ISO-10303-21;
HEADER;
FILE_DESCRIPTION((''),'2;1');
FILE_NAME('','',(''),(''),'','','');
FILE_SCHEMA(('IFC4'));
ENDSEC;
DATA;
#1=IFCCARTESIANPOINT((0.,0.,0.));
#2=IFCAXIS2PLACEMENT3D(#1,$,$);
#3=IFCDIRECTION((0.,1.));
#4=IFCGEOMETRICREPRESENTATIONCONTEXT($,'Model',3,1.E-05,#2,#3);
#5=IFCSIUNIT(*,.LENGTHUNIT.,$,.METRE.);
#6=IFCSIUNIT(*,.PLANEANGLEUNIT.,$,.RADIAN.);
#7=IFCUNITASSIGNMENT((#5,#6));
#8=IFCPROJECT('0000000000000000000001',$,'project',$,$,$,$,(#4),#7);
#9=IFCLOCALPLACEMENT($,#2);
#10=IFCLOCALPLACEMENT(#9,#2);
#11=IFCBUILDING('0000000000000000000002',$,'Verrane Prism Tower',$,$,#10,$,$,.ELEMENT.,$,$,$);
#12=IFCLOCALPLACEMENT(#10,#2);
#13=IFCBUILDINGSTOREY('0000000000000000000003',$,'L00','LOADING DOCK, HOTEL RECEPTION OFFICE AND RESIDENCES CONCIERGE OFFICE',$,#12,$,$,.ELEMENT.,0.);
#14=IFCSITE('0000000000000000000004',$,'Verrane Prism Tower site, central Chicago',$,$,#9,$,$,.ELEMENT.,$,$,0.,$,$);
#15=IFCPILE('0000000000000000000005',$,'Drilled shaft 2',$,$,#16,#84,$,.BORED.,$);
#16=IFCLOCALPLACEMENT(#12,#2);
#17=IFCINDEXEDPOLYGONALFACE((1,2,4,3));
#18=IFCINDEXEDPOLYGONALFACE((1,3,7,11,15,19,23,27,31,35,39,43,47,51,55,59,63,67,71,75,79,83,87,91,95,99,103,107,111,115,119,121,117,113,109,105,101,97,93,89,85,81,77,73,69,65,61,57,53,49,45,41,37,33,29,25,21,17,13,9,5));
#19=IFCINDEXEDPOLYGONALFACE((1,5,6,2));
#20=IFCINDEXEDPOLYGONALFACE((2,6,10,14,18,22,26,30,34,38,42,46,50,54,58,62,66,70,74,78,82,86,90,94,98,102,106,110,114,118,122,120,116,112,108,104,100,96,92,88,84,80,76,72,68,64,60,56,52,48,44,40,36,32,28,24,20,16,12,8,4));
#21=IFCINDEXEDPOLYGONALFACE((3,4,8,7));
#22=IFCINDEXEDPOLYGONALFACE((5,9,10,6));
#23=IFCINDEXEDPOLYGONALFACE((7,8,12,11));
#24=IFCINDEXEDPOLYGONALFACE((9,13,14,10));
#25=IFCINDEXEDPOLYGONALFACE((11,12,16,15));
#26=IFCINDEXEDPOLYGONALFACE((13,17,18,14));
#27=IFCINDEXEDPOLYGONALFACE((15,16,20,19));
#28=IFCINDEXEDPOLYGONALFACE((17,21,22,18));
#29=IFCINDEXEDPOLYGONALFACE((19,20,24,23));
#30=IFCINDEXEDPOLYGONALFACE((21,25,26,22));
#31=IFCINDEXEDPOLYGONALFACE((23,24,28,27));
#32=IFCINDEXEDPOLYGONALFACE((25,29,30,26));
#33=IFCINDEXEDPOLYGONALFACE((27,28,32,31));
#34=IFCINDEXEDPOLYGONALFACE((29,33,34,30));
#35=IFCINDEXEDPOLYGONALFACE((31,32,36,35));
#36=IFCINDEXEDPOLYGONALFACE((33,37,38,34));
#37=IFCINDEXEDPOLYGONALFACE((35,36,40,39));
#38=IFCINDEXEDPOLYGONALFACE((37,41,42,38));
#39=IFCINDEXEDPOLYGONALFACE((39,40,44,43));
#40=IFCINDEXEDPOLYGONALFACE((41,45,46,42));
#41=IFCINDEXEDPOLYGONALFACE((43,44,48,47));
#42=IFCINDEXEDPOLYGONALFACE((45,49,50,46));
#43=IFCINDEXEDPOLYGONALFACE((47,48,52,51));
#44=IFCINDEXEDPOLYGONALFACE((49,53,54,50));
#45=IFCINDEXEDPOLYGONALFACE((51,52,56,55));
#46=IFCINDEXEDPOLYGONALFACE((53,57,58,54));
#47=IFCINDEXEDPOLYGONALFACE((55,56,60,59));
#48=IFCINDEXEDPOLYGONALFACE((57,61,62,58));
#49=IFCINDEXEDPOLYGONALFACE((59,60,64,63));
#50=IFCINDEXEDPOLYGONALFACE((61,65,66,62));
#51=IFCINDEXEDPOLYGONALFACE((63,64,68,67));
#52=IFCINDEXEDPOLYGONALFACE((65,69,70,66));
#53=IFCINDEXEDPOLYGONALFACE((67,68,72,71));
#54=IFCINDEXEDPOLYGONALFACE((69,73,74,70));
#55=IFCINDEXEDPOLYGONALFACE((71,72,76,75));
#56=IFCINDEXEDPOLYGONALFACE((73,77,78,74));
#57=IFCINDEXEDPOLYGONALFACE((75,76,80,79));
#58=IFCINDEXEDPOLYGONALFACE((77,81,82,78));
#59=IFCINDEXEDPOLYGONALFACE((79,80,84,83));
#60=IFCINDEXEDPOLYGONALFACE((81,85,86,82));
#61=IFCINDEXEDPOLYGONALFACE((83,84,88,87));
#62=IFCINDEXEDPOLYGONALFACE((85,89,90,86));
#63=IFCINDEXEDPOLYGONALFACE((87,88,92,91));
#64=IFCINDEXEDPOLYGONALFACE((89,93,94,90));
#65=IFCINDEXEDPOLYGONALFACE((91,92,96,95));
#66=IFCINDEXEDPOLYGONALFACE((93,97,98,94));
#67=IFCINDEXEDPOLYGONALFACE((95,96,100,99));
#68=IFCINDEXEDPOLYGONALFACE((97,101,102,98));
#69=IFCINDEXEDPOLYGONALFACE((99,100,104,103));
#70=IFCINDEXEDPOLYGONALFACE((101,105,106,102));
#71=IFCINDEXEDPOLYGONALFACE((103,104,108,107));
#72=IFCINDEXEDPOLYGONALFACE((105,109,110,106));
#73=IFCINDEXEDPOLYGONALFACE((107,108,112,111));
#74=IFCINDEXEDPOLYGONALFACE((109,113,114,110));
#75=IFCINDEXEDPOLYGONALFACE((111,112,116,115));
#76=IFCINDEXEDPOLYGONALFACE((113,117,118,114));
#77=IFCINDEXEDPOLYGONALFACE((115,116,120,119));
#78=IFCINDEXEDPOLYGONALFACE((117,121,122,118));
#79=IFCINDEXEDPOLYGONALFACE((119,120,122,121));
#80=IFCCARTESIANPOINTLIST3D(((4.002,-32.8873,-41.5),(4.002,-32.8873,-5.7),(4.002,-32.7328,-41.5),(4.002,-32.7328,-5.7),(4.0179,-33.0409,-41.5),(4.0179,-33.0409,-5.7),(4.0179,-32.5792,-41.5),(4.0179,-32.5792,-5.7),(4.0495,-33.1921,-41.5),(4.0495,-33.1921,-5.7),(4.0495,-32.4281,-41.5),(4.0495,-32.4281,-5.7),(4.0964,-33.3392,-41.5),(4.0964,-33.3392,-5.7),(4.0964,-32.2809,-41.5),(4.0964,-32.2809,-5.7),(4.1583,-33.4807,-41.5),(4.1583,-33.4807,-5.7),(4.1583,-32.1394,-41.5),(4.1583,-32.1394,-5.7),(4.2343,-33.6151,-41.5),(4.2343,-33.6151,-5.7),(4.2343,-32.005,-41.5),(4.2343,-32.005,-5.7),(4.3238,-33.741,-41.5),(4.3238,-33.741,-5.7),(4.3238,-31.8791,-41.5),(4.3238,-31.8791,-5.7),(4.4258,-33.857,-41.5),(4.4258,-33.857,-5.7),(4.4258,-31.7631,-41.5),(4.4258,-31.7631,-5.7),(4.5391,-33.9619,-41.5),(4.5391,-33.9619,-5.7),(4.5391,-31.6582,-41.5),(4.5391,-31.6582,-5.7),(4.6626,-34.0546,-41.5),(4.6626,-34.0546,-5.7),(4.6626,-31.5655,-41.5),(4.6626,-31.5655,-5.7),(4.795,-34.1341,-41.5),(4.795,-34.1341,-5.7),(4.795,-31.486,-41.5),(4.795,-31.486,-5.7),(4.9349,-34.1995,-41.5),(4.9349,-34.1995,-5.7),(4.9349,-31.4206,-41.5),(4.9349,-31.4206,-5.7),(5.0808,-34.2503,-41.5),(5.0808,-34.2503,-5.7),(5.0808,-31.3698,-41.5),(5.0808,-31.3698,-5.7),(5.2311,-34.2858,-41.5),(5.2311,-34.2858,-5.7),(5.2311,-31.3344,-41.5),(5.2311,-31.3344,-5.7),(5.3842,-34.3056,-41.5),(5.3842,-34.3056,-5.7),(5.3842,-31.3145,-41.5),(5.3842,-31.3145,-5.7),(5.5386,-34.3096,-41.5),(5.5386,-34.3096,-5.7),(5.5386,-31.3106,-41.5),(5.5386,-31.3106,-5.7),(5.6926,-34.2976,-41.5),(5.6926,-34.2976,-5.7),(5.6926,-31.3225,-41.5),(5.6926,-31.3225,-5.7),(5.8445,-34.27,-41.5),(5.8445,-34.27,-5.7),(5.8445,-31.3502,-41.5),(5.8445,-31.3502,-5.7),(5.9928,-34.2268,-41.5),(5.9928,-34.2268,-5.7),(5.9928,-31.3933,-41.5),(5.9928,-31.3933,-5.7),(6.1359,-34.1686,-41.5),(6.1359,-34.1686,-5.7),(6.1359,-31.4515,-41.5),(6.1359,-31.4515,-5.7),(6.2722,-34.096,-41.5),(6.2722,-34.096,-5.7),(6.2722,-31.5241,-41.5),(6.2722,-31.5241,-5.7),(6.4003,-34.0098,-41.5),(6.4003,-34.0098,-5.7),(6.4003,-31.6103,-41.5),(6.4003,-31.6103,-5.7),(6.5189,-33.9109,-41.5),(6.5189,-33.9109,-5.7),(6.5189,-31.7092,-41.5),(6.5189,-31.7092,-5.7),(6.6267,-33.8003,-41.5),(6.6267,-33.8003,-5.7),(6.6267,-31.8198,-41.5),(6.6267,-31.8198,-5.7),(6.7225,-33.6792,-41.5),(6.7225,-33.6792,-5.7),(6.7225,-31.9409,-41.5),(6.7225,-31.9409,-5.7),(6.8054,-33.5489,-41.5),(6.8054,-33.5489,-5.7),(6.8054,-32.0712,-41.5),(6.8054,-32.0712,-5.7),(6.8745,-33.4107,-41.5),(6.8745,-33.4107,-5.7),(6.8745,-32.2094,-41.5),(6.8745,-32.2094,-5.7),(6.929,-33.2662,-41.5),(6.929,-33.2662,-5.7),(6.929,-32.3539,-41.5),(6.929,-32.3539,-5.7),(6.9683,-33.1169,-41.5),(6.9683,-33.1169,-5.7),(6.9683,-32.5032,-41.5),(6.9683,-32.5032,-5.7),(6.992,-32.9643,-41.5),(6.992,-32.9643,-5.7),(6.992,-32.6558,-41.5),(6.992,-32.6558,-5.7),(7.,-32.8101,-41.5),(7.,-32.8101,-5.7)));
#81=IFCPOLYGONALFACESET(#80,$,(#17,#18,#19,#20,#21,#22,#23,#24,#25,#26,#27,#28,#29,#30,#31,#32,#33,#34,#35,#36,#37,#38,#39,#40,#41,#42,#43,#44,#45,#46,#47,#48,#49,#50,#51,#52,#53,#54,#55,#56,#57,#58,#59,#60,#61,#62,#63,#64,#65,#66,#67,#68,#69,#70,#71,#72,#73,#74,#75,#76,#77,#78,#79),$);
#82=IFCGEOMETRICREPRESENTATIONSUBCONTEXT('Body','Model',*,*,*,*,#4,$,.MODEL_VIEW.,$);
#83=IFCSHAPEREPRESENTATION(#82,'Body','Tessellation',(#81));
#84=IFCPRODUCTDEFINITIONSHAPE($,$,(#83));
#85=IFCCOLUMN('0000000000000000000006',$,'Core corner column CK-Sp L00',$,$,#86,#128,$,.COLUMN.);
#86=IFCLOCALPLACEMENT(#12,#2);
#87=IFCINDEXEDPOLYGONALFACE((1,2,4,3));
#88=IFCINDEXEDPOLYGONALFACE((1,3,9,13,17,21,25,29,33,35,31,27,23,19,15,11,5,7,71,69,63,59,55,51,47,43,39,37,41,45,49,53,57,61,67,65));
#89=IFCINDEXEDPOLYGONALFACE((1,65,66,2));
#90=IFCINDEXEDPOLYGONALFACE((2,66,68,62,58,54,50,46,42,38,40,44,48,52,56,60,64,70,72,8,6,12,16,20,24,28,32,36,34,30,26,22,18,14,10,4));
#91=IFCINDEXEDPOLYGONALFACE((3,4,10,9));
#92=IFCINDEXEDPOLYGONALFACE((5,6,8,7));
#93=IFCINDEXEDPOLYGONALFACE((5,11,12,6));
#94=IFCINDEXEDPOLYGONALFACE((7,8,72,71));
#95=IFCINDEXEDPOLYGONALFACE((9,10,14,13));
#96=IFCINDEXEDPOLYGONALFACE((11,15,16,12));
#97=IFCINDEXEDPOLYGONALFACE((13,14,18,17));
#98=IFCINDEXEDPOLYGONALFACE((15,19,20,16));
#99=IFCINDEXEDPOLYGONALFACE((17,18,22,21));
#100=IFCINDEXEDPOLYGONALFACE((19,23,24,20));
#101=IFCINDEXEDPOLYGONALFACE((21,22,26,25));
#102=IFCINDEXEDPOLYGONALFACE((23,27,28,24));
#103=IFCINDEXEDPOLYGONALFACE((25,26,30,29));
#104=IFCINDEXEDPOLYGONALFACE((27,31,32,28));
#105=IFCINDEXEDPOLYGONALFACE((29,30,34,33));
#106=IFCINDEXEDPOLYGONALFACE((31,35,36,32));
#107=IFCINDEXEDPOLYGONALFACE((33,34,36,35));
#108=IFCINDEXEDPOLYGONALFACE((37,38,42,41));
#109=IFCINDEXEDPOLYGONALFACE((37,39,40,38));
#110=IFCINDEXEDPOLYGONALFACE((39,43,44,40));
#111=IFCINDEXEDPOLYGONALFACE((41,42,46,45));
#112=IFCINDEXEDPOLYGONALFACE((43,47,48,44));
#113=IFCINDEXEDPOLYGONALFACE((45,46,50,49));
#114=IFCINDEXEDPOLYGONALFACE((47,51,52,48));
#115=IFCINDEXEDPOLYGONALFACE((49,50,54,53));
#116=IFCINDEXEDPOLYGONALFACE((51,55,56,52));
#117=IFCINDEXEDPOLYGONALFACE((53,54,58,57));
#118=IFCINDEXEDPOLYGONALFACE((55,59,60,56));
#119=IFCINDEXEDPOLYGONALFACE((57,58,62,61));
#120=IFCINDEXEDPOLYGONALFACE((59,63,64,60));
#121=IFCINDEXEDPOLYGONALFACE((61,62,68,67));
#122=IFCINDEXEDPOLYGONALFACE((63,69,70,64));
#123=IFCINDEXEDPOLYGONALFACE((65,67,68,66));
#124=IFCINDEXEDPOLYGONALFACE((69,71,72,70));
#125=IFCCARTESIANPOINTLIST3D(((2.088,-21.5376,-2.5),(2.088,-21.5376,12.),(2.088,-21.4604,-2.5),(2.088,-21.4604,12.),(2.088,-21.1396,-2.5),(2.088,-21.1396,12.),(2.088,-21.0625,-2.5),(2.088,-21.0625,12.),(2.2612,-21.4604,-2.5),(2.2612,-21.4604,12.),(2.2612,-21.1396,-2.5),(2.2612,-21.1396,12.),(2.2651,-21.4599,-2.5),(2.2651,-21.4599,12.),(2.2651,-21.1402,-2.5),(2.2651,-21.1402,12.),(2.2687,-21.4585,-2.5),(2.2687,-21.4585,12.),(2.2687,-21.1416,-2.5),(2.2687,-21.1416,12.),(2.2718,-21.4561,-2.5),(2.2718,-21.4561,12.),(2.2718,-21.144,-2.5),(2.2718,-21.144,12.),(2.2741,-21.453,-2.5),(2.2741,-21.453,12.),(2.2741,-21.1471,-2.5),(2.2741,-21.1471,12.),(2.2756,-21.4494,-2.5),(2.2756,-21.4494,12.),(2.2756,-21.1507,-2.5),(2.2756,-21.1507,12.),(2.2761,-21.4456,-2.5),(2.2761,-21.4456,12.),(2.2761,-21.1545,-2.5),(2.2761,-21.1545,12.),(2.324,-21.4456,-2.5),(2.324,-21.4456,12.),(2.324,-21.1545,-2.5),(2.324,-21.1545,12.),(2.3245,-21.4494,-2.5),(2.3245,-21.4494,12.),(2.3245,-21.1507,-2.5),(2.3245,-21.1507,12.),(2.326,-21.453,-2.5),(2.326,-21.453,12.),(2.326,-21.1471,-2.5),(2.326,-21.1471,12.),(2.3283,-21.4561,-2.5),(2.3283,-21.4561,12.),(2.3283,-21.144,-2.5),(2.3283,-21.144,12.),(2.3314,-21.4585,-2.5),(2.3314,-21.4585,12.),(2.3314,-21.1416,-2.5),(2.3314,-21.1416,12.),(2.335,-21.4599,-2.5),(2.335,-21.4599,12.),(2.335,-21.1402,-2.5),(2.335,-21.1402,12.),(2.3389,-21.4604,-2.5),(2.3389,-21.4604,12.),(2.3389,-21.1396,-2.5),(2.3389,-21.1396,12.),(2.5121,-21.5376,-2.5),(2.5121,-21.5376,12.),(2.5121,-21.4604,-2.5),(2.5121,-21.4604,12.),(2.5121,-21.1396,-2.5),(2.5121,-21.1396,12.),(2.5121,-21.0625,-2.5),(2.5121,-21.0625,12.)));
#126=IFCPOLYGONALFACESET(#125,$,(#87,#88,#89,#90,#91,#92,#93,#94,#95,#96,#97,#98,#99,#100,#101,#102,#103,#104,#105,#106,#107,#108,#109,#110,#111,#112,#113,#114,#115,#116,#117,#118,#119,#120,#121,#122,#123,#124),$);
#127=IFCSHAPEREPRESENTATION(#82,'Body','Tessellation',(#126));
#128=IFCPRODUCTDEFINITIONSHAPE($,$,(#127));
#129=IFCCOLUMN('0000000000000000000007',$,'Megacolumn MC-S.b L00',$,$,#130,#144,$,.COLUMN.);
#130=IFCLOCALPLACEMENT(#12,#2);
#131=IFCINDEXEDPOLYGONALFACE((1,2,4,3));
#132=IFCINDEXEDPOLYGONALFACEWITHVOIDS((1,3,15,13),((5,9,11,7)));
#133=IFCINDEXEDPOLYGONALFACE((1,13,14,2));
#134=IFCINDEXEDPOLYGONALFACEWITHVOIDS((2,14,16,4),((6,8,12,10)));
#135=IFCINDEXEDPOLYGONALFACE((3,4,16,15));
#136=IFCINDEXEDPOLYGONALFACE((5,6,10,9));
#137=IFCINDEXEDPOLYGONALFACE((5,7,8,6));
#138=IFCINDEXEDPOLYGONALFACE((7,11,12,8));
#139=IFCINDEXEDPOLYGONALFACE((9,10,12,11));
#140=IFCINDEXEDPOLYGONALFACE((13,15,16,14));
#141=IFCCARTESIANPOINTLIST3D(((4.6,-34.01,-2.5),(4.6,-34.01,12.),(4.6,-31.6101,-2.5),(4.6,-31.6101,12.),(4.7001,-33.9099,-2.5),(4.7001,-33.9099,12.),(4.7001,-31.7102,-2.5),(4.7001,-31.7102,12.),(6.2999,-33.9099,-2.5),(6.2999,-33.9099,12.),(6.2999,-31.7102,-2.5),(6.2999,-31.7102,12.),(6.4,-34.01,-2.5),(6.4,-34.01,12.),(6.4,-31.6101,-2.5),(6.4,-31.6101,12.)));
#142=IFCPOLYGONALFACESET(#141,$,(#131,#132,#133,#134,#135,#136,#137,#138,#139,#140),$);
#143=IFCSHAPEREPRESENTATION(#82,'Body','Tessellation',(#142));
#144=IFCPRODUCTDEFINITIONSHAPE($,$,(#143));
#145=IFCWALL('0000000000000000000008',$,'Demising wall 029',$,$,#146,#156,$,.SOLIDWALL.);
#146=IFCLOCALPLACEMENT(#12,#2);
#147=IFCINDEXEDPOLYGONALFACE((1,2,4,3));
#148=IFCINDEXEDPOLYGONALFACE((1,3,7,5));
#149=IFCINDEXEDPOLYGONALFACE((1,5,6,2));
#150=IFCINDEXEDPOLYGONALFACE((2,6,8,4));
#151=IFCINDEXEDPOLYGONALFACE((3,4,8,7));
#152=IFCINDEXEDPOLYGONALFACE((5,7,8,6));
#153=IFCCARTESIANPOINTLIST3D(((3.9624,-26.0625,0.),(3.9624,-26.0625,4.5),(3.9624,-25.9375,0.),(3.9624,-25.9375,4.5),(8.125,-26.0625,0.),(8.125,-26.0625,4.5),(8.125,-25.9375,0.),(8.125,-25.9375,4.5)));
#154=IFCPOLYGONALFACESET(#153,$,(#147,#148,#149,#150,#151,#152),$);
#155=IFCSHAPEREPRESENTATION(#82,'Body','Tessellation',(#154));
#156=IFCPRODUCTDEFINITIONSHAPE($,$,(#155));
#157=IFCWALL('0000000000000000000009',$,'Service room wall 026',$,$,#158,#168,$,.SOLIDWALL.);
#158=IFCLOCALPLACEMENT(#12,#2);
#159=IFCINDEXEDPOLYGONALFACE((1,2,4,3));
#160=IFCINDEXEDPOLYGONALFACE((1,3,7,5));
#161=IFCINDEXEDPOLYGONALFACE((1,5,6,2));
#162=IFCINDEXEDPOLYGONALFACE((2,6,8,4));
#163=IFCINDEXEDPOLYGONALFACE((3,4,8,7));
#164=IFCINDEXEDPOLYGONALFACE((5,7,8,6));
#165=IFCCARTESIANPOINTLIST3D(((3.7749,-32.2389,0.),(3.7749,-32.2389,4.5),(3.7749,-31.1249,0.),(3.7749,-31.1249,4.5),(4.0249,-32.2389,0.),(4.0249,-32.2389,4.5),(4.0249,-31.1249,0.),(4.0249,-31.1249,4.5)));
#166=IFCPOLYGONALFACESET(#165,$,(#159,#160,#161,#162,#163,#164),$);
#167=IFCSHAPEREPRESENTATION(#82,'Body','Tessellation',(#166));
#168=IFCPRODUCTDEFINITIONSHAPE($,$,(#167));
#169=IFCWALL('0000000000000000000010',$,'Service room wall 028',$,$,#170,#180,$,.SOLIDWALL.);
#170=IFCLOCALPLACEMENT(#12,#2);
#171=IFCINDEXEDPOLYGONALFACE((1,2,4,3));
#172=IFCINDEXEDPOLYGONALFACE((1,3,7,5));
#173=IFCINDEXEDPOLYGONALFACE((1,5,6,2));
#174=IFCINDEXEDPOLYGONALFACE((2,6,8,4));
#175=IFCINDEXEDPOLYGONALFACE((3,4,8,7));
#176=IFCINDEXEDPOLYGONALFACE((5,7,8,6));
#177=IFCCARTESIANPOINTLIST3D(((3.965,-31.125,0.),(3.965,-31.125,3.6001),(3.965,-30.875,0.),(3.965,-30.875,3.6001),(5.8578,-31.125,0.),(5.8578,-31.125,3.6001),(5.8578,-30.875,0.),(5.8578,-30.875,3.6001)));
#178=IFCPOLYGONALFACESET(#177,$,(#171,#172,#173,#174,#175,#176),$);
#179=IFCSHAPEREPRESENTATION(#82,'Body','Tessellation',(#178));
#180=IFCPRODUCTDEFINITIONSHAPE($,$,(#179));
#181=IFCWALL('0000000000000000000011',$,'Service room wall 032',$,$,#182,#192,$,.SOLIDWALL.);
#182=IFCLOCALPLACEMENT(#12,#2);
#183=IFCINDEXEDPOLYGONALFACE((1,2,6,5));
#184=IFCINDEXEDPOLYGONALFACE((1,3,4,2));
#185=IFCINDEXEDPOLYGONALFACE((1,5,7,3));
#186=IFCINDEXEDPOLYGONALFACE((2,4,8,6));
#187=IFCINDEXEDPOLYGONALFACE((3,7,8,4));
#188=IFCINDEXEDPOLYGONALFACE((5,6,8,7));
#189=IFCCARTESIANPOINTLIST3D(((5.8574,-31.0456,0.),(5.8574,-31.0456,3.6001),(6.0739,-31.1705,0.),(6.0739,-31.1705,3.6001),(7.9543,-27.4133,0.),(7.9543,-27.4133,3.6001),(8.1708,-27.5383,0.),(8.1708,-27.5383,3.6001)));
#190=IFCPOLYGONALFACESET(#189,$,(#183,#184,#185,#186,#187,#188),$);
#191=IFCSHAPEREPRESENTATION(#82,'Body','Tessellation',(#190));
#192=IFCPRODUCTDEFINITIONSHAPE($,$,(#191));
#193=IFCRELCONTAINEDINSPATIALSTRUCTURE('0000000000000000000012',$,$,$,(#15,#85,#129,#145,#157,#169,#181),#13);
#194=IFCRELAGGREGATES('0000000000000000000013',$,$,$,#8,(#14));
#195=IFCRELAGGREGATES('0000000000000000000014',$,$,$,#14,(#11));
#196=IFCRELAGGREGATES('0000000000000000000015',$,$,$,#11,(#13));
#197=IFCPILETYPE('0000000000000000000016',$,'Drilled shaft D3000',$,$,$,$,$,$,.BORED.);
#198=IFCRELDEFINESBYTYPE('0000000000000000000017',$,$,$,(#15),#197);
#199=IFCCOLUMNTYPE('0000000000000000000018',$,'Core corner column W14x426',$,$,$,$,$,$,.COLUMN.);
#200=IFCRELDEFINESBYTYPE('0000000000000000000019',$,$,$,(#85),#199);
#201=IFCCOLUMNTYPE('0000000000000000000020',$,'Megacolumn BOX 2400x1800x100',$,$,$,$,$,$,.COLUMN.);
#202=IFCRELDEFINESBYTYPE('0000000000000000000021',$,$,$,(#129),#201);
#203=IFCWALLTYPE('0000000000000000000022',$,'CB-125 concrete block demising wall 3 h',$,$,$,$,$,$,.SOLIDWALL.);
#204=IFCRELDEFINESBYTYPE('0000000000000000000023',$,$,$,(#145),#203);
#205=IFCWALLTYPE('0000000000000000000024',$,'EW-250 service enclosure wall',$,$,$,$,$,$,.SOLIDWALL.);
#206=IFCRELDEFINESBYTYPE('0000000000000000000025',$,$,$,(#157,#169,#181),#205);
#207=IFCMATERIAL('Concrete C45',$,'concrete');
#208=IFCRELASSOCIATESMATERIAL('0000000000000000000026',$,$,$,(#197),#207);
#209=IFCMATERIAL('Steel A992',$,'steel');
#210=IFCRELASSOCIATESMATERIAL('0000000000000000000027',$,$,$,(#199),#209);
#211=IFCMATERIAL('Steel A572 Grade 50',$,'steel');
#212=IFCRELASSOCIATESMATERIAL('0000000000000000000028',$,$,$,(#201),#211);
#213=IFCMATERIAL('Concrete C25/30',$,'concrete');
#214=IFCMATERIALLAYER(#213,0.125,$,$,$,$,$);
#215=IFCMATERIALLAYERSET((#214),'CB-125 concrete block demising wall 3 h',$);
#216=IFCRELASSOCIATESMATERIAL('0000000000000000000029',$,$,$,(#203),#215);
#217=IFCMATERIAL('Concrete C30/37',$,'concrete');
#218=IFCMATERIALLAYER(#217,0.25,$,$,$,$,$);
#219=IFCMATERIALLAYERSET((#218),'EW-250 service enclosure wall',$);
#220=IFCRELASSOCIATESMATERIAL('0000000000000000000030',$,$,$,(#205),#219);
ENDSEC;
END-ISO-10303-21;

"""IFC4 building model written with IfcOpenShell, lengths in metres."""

from ifc_helpers import new_model, si_unit, direction, frame, frame_2d, origin, origin_2d, place, context, subcontext, project, spatial, rectangle, hollow_rectangle, circle, i_section, extrude, material, layer, layer_set, material_profile, profile_set, type_object, element, save


model = new_model("IFC4")

# Units and contexts
model_context = context("Model", 3, precision=1e-05, world=origin(), true_north=direction((0.0, 1.0)))
body_context = subcontext(model_context, "Body", "Model", "MODEL_VIEW")
ifc_project = project(units=[si_unit("LENGTHUNIT", "METRE"), si_unit("PLANEANGLEUNIT", "RADIAN")], contexts=[model_context])

# Site, building, storey
site_placement = place(None, origin())
site = spatial("IfcSite", under=ifc_project, at=site_placement, Name="Verrane Prism Tower site, central Chicago", CompositionType="ELEMENT", RefElevation=0.0)
building_placement = place(site_placement, origin())
building = spatial("IfcBuilding", under=site, at=building_placement, Name="Verrane Prism Tower", CompositionType="ELEMENT")
storey_placement = place(building_placement, origin())
storey = spatial("IfcBuildingStorey", under=building, at=storey_placement, Name="L00", Description="LOADING DOCK, HOTEL RECEPTION OFFICE AND RESIDENCES CONCIERGE OFFICE", CompositionType="ELEMENT", Elevation=0.0)

# Pile
ifc_material_1 = material(Name="Concrete C45", Category="concrete")
pile_type = type_object("IfcPileType", Name="Drilled shaft D3000", PredefinedType="BORED", material=ifc_material_1)
pile_placement = place(storey_placement, frame((5.5, -32.8101, -5.7), z_axis=(0.0, 0.0, -1.0), x_axis=(1.0, 0.0, 0.0)))
element("IfcPile", 1, at=pile_placement, inside=storey, type_object=pile_type, Name="Drilled shaft 2", PredefinedType="BORED", context=body_context, shape_type="SweptSolid", body=[
    extrude(circle(Radius=1.5, at=origin_2d()), origin(), (0.0, 0.0, 1.0), 35.8),
])

# Columns
ifc_material_2 = material(Name="Steel A992", Category="steel")
ifc_material_profile_1 = material_profile(ifc_material_2, i_section(OverallWidth=0.4241, OverallDepth=0.4751, WebThickness=0.0479, FlangeThickness=0.0771, FilletRadius=0.0149, at=origin_2d()), Name="W14x426")
ifc_profile_set_1 = profile_set([ifc_material_profile_1], Name="Steel A992")
column_type_1 = type_object("IfcColumnType", Name="Core corner column W14x426", PredefinedType="COLUMN", material=ifc_profile_set_1)
column_1_placement = place(storey_placement, frame((2.3, -21.3, -2.5), z_axis=(0.0, 0.0, 1.0), x_axis=(-1.0, 0.0, 0.0)))
element("IfcColumn", 2, at=column_1_placement, inside=storey, type_object=column_type_1, Name="Core corner column CK-Sp L00", PredefinedType="COLUMN", context=body_context, shape_type="SweptSolid", body=[
    extrude(i_section(OverallWidth=0.4241, OverallDepth=0.4751, WebThickness=0.0479, FlangeThickness=0.0771, FilletRadius=0.0149, at=origin_2d()), origin(), (0.0, 0.0, 1.0), 14.5),
])
ifc_material_3 = material(Name="Steel A572 Grade 50", Category="steel")
ifc_material_profile_2 = material_profile(ifc_material_3, hollow_rectangle(XDim=1.8, YDim=2.3999, WallThickness=0.1001, at=origin_2d()), Name="BOX 2400x1800x100")
ifc_profile_set_2 = profile_set([ifc_material_profile_2], Name="Steel A572 Grade 50")
column_type_2 = type_object("IfcColumnType", Name="Megacolumn BOX 2400x1800x100", PredefinedType="COLUMN", material=ifc_profile_set_2)
column_2_placement = place(storey_placement, frame((5.5, -32.8101, -2.5), z_axis=(0.0, 0.0, 1.0), x_axis=(-1.0, 0.0, 0.0)))
element("IfcColumn", 3, at=column_2_placement, inside=storey, type_object=column_type_2, Name="Megacolumn MC-S.b L00", PredefinedType="COLUMN", context=body_context, shape_type="SweptSolid", body=[
    extrude(hollow_rectangle(XDim=1.8, YDim=2.3999, WallThickness=0.1001, at=origin_2d()), origin(), (0.0, 0.0, 1.0), 14.5),
])

# Walls
ifc_material_4 = material(Name="Concrete C25/30", Category="concrete")
ifc_layer_1 = layer(ifc_material_4, 0.125)
ifc_layer_set_1 = layer_set([ifc_layer_1], Name="CB-125 concrete block demising wall 3 h")
wall_type_1 = type_object("IfcWallType", Name="CB-125 concrete block demising wall 3 h", PredefinedType="SOLIDWALL", material=ifc_layer_set_1)
wall_1_placement = place(storey_placement, frame((3.9624, -26.0, 0.0), z_axis=(0.0, 0.0, 1.0), x_axis=(1.0, 0.0, 0.0)))
element("IfcWall", 4, at=wall_1_placement, inside=storey, type_object=wall_type_1, Name="Demising wall 029", PredefinedType="SOLIDWALL", context=body_context, shape_type="SweptSolid", body=[
    extrude(rectangle(XDim=4.1626, YDim=0.125, at=frame_2d((2.0813, 0.0))), origin(), (0.0, 0.0, 1.0), 4.5),
])
ifc_material_5 = material(Name="Concrete C30/37", Category="concrete")
ifc_layer_2 = layer(ifc_material_5, 0.25)
ifc_layer_set_2 = layer_set([ifc_layer_2], Name="EW-250 service enclosure wall")
wall_type_2 = type_object("IfcWallType", Name="EW-250 service enclosure wall", PredefinedType="SOLIDWALL", material=ifc_layer_set_2)
wall_2_placement = place(storey_placement, frame((3.8999, -32.239, 0.0), z_axis=(0.0, 0.0, 1.0), x_axis=(0.0, 1.0, 0.0)))
element("IfcWall", 5, at=wall_2_placement, inside=storey, type_object=wall_type_2, Name="Service room wall 026", PredefinedType="SOLIDWALL", context=body_context, shape_type="SweptSolid", body=[
    extrude(rectangle(XDim=1.114, YDim=0.25, at=frame_2d((0.5571, 0.0))), origin(), (0.0, 0.0, 1.0), 4.5),
])
wall_3_placement = place(storey_placement, frame((3.9651, -31.0, 0.0), z_axis=(0.0, 0.0, 1.0), x_axis=(1.0, 0.0, 0.0)))
element("IfcWall", 6, at=wall_3_placement, inside=storey, type_object=wall_type_2, Name="Service room wall 028", PredefinedType="SOLIDWALL", context=body_context, shape_type="SweptSolid", body=[
    extrude(rectangle(XDim=1.8928, YDim=0.25, at=frame_2d((0.9463, 0.0))), origin(), (0.0, 0.0, 1.0), 3.6001),
])
wall_4_placement = place(storey_placement, frame((5.9656, -31.1082, 0.0), z_axis=(0.0, 0.0, 1.0), x_axis=(0.499964, 0.866046, 0.0)))
element("IfcWall", 7, at=wall_4_placement, inside=storey, type_object=wall_type_2, Name="Service room wall 032", PredefinedType="SOLIDWALL", context=body_context, shape_type="SweptSolid", body=[
    extrude(rectangle(XDim=4.1941, YDim=0.25, at=frame_2d((2.0972, 0.0))), origin(), (0.0, 0.0, 1.0), 3.6001),
])

save(model, "model.ifc")
